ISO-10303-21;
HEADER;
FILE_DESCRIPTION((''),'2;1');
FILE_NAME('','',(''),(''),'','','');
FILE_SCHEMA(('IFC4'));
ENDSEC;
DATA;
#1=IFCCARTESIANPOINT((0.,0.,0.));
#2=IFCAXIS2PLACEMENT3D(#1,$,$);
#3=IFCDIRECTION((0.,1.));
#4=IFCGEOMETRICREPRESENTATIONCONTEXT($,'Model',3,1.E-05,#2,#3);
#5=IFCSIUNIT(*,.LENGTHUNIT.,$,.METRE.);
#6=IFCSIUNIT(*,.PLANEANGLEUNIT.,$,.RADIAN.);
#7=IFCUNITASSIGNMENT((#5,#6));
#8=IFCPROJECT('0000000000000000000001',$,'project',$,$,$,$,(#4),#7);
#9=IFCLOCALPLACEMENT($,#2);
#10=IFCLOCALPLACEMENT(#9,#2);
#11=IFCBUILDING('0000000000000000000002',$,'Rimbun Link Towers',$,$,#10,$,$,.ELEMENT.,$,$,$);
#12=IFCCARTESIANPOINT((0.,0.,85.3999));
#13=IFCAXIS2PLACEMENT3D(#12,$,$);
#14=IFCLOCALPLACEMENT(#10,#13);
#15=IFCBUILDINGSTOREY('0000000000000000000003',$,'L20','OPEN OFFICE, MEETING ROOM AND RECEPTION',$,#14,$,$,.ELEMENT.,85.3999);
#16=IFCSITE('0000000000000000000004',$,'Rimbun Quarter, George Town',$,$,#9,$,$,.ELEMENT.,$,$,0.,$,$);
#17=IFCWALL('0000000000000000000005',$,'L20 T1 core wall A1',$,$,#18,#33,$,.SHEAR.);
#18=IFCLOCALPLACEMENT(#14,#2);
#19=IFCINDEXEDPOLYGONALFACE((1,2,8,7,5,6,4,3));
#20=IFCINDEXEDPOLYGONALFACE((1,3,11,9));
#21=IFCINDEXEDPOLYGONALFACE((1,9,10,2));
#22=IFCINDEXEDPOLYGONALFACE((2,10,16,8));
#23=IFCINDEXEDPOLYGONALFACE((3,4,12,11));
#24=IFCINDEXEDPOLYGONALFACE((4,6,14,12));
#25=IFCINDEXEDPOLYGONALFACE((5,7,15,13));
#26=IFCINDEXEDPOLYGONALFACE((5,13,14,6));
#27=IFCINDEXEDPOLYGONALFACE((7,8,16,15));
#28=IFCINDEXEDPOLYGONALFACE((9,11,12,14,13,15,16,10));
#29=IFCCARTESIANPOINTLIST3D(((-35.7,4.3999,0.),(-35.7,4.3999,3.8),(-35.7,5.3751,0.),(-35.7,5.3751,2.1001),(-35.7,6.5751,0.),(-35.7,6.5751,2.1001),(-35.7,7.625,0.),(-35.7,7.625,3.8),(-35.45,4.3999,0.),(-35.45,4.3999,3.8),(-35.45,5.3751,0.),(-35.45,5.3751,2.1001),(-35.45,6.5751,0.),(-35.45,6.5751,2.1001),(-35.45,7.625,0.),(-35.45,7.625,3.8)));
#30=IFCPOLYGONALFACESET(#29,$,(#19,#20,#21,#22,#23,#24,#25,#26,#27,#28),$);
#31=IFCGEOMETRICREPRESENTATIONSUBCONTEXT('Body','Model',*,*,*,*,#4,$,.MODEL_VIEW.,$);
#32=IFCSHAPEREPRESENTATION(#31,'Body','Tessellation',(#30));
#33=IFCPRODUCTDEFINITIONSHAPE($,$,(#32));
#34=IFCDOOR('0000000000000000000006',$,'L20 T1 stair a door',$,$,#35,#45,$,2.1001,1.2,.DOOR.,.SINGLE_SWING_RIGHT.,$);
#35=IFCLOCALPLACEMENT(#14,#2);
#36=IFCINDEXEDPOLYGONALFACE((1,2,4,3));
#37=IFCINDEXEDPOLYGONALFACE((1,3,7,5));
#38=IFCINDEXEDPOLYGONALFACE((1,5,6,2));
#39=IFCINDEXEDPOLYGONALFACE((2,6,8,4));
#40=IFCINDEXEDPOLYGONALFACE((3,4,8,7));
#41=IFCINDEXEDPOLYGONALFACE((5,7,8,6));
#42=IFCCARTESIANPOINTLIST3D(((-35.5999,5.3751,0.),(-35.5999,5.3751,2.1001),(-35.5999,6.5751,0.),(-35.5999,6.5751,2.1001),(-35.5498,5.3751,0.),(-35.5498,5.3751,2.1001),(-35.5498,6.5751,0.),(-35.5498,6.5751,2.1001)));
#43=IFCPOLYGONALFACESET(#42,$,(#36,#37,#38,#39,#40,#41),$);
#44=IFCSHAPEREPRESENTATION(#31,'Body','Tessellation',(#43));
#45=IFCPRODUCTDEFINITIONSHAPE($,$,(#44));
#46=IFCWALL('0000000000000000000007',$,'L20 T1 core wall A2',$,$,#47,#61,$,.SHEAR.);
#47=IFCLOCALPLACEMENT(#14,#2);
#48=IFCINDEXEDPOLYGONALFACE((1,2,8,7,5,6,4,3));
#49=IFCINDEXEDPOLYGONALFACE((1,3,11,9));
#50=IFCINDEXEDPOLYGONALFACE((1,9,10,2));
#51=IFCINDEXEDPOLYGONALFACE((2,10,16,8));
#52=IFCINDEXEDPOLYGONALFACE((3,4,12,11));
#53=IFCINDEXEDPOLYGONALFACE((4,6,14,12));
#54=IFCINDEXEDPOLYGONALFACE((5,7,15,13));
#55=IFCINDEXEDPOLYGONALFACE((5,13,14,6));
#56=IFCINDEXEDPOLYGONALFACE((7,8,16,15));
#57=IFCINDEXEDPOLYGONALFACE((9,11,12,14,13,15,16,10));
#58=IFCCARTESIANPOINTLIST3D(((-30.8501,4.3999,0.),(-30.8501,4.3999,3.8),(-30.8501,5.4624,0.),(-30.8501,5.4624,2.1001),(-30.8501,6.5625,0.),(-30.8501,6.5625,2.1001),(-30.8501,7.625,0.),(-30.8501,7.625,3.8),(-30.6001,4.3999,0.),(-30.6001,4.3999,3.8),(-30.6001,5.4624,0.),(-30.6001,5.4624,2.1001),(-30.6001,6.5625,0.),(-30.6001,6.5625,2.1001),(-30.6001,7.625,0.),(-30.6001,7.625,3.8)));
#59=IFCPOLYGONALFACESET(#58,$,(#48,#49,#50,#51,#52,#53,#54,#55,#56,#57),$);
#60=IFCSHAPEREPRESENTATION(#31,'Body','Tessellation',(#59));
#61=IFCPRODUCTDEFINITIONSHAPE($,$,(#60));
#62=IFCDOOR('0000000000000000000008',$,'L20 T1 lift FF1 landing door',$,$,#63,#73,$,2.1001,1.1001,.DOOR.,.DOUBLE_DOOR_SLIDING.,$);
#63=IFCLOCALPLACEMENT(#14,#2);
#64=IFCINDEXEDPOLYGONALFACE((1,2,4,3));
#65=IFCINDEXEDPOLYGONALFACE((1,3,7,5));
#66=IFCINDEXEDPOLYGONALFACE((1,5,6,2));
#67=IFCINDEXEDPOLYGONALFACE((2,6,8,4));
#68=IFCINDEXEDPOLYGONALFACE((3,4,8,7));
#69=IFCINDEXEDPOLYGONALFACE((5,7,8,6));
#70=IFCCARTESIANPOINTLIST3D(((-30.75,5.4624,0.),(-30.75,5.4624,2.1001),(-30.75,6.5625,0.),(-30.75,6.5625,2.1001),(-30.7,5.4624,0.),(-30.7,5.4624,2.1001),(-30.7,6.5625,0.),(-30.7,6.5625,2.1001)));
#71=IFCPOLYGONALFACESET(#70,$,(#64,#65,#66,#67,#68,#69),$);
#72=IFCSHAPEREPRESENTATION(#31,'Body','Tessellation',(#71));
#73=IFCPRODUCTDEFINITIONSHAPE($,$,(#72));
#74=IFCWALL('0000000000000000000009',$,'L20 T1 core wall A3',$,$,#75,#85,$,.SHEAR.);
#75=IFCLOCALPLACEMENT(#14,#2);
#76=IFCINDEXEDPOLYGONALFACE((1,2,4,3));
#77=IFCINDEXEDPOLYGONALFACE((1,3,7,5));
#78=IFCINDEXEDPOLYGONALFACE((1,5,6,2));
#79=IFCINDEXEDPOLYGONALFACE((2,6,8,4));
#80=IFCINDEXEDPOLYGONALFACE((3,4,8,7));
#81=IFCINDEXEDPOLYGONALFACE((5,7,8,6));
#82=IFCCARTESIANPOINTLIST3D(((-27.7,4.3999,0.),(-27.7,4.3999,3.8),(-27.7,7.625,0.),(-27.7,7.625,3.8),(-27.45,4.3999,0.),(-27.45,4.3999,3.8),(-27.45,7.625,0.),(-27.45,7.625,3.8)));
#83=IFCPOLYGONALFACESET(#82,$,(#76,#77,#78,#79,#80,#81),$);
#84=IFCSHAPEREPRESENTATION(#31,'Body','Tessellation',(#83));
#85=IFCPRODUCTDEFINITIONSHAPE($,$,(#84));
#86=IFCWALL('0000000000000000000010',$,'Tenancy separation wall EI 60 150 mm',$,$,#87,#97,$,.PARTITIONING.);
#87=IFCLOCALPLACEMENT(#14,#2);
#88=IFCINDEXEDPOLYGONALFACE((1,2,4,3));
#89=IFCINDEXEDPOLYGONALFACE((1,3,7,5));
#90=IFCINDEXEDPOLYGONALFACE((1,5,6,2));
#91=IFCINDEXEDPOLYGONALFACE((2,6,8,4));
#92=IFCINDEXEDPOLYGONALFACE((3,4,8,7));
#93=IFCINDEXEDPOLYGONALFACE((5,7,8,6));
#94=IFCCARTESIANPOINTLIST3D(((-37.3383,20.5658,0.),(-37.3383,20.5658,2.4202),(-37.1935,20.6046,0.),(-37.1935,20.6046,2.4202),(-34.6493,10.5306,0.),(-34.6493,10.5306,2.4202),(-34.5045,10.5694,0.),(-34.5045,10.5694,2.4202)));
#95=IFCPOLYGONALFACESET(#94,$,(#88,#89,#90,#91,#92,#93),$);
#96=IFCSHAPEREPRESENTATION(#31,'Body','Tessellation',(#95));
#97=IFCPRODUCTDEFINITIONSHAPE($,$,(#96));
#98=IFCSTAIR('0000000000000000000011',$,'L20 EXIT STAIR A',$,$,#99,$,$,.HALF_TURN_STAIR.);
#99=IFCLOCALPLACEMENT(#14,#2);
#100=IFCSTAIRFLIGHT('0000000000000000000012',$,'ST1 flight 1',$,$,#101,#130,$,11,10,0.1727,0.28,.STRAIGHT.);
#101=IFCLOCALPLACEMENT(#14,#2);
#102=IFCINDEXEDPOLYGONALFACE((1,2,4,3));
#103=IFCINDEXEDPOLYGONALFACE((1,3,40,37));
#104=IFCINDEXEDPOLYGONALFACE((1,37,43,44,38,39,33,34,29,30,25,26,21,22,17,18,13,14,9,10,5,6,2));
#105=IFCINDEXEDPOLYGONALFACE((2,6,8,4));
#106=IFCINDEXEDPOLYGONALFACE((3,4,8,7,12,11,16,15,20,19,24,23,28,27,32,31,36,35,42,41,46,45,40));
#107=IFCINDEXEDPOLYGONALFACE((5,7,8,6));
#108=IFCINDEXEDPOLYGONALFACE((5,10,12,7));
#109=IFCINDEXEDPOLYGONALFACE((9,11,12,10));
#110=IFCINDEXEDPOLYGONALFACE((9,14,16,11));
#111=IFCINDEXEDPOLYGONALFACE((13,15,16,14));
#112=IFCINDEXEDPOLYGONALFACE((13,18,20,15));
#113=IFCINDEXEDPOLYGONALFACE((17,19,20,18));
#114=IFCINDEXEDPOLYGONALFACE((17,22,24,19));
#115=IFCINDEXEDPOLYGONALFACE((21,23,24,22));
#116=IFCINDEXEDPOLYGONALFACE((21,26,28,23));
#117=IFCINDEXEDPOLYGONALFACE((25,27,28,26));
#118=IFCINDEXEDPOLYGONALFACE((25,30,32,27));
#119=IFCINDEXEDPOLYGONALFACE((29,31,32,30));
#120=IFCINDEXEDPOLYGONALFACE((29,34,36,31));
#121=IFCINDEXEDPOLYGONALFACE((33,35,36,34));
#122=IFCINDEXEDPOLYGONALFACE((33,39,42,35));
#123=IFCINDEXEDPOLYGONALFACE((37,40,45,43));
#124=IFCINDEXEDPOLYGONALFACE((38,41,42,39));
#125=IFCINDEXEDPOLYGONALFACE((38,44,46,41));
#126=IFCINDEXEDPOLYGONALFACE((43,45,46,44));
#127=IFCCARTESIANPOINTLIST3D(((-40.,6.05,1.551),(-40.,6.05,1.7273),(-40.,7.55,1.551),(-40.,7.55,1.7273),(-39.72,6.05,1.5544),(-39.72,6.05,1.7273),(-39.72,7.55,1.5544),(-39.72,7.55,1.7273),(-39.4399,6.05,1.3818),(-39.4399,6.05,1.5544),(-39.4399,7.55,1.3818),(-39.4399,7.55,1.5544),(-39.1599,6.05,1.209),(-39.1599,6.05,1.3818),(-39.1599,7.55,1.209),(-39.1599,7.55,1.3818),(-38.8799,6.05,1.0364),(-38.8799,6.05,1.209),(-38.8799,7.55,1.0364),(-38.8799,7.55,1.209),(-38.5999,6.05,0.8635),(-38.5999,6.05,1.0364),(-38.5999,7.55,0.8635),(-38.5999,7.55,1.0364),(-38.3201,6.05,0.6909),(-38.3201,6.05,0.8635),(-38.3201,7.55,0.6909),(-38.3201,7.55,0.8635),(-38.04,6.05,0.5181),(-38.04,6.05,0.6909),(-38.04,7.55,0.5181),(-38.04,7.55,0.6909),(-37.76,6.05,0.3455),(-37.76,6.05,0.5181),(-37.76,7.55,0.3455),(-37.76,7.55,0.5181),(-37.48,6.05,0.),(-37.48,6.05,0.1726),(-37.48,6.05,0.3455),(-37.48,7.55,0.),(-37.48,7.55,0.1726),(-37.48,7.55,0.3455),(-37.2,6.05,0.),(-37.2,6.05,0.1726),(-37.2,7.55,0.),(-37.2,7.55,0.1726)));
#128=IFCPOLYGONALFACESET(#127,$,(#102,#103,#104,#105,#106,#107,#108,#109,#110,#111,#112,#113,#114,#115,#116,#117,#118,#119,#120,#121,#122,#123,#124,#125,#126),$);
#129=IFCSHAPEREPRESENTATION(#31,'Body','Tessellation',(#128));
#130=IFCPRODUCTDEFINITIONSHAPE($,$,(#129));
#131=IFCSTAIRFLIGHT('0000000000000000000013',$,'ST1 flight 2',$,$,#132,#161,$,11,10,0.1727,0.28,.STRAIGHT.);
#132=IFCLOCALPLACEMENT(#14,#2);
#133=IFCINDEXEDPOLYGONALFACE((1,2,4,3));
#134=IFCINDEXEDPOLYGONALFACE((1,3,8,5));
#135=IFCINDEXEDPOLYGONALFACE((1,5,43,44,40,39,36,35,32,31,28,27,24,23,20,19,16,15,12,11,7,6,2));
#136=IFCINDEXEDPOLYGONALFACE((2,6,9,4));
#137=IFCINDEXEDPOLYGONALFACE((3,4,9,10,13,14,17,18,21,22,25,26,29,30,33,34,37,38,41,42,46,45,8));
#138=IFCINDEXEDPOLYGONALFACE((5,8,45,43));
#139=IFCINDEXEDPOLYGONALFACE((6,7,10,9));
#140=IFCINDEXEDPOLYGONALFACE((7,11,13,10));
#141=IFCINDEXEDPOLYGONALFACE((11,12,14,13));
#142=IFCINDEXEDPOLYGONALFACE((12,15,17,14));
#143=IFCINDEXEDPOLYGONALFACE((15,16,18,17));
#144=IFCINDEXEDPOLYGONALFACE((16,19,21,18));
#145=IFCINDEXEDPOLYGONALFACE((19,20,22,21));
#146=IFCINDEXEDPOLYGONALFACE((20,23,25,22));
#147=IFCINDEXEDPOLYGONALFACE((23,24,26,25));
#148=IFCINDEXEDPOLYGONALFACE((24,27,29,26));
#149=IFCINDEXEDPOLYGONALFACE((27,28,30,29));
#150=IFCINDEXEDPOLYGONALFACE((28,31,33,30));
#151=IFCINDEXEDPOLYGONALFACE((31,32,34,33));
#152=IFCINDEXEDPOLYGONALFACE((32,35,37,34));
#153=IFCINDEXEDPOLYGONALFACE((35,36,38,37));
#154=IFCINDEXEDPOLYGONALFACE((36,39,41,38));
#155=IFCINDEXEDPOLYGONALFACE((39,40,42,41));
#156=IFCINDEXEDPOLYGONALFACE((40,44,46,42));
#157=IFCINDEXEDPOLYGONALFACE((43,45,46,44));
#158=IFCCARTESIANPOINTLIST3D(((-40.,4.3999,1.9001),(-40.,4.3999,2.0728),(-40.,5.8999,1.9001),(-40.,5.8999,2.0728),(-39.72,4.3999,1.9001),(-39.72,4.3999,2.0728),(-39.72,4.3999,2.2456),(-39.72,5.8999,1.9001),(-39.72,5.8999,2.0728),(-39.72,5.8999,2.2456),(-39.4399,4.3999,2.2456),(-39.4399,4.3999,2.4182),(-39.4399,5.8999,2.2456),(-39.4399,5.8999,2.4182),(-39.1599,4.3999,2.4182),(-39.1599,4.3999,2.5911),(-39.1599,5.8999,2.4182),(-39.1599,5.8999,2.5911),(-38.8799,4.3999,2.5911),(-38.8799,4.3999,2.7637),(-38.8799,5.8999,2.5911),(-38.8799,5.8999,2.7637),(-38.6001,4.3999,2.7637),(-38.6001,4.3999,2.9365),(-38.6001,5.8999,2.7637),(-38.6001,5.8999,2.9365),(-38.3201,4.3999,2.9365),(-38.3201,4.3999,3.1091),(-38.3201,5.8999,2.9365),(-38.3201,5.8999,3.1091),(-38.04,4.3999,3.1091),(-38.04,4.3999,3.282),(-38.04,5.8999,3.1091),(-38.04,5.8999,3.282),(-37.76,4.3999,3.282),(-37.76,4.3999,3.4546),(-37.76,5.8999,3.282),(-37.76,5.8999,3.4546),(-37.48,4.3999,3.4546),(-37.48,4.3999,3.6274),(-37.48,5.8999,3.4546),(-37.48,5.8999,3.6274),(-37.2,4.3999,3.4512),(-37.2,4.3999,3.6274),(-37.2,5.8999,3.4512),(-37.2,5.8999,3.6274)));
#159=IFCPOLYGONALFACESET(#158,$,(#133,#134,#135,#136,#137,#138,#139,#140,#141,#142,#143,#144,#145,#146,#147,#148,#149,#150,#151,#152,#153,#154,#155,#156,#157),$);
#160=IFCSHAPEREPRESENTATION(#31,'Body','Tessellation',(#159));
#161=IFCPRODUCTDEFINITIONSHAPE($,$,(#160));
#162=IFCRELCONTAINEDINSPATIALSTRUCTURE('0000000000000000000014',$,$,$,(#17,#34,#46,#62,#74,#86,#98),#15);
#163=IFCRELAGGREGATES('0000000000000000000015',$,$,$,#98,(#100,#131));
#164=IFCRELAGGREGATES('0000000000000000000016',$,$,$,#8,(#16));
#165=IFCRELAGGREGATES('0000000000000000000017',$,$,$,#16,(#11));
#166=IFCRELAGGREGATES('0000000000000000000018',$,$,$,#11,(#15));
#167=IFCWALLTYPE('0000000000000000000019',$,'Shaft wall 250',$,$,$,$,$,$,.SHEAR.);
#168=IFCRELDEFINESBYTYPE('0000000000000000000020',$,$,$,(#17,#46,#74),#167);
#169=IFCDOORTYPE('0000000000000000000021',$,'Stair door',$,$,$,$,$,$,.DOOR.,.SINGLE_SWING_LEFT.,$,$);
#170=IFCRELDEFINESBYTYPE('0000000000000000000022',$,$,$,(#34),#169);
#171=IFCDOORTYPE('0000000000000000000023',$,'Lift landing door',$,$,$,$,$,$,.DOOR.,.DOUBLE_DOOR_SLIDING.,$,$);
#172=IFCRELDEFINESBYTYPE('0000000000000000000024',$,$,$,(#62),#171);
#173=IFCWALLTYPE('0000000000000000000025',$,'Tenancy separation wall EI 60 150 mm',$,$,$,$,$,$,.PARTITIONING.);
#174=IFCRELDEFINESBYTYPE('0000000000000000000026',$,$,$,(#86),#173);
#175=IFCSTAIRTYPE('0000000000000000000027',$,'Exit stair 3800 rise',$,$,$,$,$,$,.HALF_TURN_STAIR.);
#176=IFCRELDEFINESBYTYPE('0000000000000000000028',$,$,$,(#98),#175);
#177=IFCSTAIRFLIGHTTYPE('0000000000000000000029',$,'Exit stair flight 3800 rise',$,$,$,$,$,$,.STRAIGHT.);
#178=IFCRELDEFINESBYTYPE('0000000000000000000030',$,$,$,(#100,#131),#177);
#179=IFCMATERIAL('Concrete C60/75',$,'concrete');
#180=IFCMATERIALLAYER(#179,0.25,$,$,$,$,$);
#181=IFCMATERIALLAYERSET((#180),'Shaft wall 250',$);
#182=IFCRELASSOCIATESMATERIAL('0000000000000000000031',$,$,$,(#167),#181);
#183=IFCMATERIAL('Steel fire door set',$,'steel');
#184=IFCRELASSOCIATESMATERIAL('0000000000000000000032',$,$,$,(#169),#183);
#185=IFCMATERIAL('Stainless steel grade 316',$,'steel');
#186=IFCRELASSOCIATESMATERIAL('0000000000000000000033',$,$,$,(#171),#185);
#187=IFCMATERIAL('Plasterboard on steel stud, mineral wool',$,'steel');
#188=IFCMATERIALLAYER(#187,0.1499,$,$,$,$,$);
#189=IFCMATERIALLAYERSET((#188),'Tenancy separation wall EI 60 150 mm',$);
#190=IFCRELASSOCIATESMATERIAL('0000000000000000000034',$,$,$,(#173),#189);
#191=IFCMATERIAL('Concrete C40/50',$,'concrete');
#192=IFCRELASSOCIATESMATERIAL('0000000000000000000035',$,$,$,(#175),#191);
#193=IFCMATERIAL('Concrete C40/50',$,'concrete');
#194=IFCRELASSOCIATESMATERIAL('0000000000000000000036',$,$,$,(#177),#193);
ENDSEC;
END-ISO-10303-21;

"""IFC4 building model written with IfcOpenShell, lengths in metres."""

from ifc_helpers import new_model, si_unit, direction, frame, frame_2d, origin, place, context, subcontext, project, spatial, polyline, rectangle, outline, extrude, material, layer, layer_set, type_object, element, fill, aggregate, save


model = new_model("IFC4")

# Units and contexts
model_context = context("Model", 3, precision=1e-05, world=origin(), true_north=direction((0.0, 1.0)))
body_context = subcontext(model_context, "Body", "Model", "MODEL_VIEW")
ifc_project = project(units=[si_unit("LENGTHUNIT", "METRE"), si_unit("PLANEANGLEUNIT", "RADIAN")], contexts=[model_context])

# Site, building, storey
site_placement = place(None, origin())
site = spatial("IfcSite", under=ifc_project, at=site_placement, Name="Rimbun Quarter, George Town", CompositionType="ELEMENT", RefElevation=0.0)
building_placement = place(site_placement, origin())
building = spatial("IfcBuilding", under=site, at=building_placement, Name="Rimbun Link Towers", CompositionType="ELEMENT")
storey_placement = place(building_placement, frame((0.0, 0.0, 85.3999)))
storey = spatial("IfcBuildingStorey", under=building, at=storey_placement, Name="L20", Description="OPEN OFFICE, MEETING ROOM AND RECEPTION", CompositionType="ELEMENT", Elevation=85.3999)

# Walls, openings, doors
ifc_material_1 = material(Name="Concrete C60/75", Category="concrete")
ifc_layer_1 = layer(ifc_material_1, 0.25)
ifc_layer_set_1 = layer_set([ifc_layer_1], Name="Shaft wall 250")
wall_type_1 = type_object("IfcWallType", Name="Shaft wall 250", PredefinedType="SHEAR", material=ifc_layer_set_1)
wall_1_placement = place(storey_placement, frame((-35.575, 4.3999, 0.0), z_axis=(0.0, 0.0, 1.0), x_axis=(0.0, 1.0, 0.0)))
wall_1 = element("IfcWall", 1, at=wall_1_placement, inside=storey, type_object=wall_type_1, Name="L20 T1 core wall A1", PredefinedType="SHEAR", context=body_context, shape_type="SweptSolid", body=[
    extrude(rectangle(XDim=3.2251, YDim=0.25, at=frame_2d((1.6125, 0.0))), origin(), (0.0, 0.0, 1.0), 3.8),
])
opening_1_placement = place(wall_1_placement, frame((0.9751, 0.0, 0.0)))
opening_1 = element("IfcOpeningElement", 2, at=opening_1_placement, cuts=wall_1, PredefinedType="OPENING", context=body_context, shape_type="SweptSolid", body=[
    extrude(rectangle(XDim=1.2, YDim=2.1001, at=frame_2d((0.6001, 1.05))), frame((0.0, 0.135, 0.0), z_axis=(0.0, -1.0, 0.0), x_axis=(1.0, 0.0, 0.0)), (0.0, 0.0, 1.0), 0.27),
])
ifc_material_2 = material(Name="Steel fire door set", Category="steel")
door_type_1 = type_object("IfcDoorType", Name="Stair door", OperationType="SINGLE_SWING_LEFT", PredefinedType="DOOR", material=ifc_material_2)
door_1_placement = place(opening_1_placement, origin())
door_1 = element("IfcDoor", 3, at=door_1_placement, inside=storey, type_object=door_type_1, Name="L20 T1 stair a door", OperationType="SINGLE_SWING_RIGHT", OverallHeight=2.1001, OverallWidth=1.2, PredefinedType="DOOR", context=body_context, shape_type="SweptSolid", body=[
    extrude(rectangle(XDim=1.2, YDim=2.1001, at=frame_2d((0.6001, 1.05))), frame((0.0, 0.0249, 0.0), z_axis=(0.0, -1.0, 0.0), x_axis=(1.0, 0.0, 0.0)), (0.0, 0.0, 1.0), 0.05),
])
fill(opening_1, door_1)
wall_2_placement = place(storey_placement, frame((-30.7251, 4.3999, 0.0), z_axis=(0.0, 0.0, 1.0), x_axis=(0.0, 1.0, 0.0)))
wall_2 = element("IfcWall", 4, at=wall_2_placement, inside=storey, type_object=wall_type_1, Name="L20 T1 core wall A2", PredefinedType="SHEAR", context=body_context, shape_type="SweptSolid", body=[
    extrude(rectangle(XDim=3.2251, YDim=0.25, at=frame_2d((1.6125, 0.0))), origin(), (0.0, 0.0, 1.0), 3.8),
])
opening_2_placement = place(wall_2_placement, frame((1.0625, 0.0, 0.0)))
opening_2 = element("IfcOpeningElement", 5, at=opening_2_placement, cuts=wall_2, PredefinedType="OPENING", context=body_context, shape_type="SweptSolid", body=[
    extrude(rectangle(XDim=1.1001, YDim=2.1001, at=frame_2d((0.55, 1.05))), frame((0.0, 0.135, 0.0), z_axis=(0.0, -1.0, 0.0), x_axis=(1.0, 0.0, 0.0)), (0.0, 0.0, 1.0), 0.27),
])
ifc_material_3 = material(Name="Stainless steel grade 316", Category="steel")
door_type_2 = type_object("IfcDoorType", Name="Lift landing door", OperationType="DOUBLE_DOOR_SLIDING", PredefinedType="DOOR", material=ifc_material_3)
door_2_placement = place(opening_2_placement, origin())
door_2 = element("IfcDoor", 6, at=door_2_placement, inside=storey, type_object=door_type_2, Name="L20 T1 lift FF1 landing door", OperationType="DOUBLE_DOOR_SLIDING", OverallHeight=2.1001, OverallWidth=1.1001, PredefinedType="DOOR", context=body_context, shape_type="SweptSolid", body=[
    extrude(rectangle(XDim=1.1001, YDim=2.1001, at=frame_2d((0.55, 1.05))), frame((0.0, 0.0249, 0.0), z_axis=(0.0, -1.0, 0.0), x_axis=(1.0, 0.0, 0.0)), (0.0, 0.0, 1.0), 0.05),
])
fill(opening_2, door_2)

# Walls
wall_3_placement = place(storey_placement, frame((-27.575, 4.3999, 0.0), z_axis=(0.0, 0.0, 1.0), x_axis=(0.0, 1.0, 0.0)))
element("IfcWall", 7, at=wall_3_placement, inside=storey, type_object=wall_type_1, Name="L20 T1 core wall A3", PredefinedType="SHEAR", context=body_context, shape_type="SweptSolid", body=[
    extrude(rectangle(XDim=3.2251, YDim=0.25, at=frame_2d((1.6125, 0.0))), origin(), (0.0, 0.0, 1.0), 3.8),
])
ifc_material_4 = material(Name="Plasterboard on steel stud, mineral wool", Category="steel")
ifc_layer_2 = layer(ifc_material_4, 0.1499)
ifc_layer_set_2 = layer_set([ifc_layer_2], Name="Tenancy separation wall EI 60 150 mm")
wall_type_2 = type_object("IfcWallType", Name="Tenancy separation wall EI 60 150 mm", PredefinedType="PARTITIONING", material=ifc_layer_set_2)
wall_4_placement = place(storey_placement, frame((-34.5769, 10.55, 0.0), z_axis=(0.0, 0.0, 1.0), x_axis=(-0.258824, 0.965925, 0.0)))
element("IfcWall", 8, at=wall_4_placement, inside=storey, type_object=wall_type_2, Name="Tenancy separation wall EI 60 150 mm", PredefinedType="PARTITIONING", context=body_context, shape_type="SweptSolid", body=[
    extrude(rectangle(XDim=10.3892, YDim=0.1499, at=frame_2d((5.1946, 0.0))), origin(), (0.0, 0.0, 1.0), 2.4202),
])

# Stair, stair flights
ifc_material_5 = material(Name="Concrete C40/50", Category="concrete")
stair_type = type_object("IfcStairType", Name="Exit stair 3800 rise", PredefinedType="HALF_TURN_STAIR", material=ifc_material_5)
stair_placement = place(storey_placement, origin())
stair = element("IfcStair", 9, at=stair_placement, inside=storey, type_object=stair_type, Name="L20 EXIT STAIR A", PredefinedType="HALF_TURN_STAIR")
ifc_material_6 = material(Name="Concrete C40/50", Category="concrete")
stair_flight_type = type_object("IfcStairFlightType", Name="Exit stair flight 3800 rise", PredefinedType="STRAIGHT", material=ifc_material_6)
stair_flight_1_placement = place(storey_placement, frame((-37.2, 6.8, 0.0), z_axis=(0.0, 0.0, 1.0), x_axis=(-1.0, 0.0, 0.0)))
stair_flight_1 = element("IfcStairFlight", 10, at=stair_flight_1_placement, type_object=stair_flight_type, Name="ST1 flight 1", NumberOfRisers=11, NumberOfTreads=10, PredefinedType="STRAIGHT", RiserHeight=0.1727, TreadLength=0.28, context=body_context, shape_type="SweptSolid", body=[
    extrude(outline(polyline([(0.0, 0.0), (0.0, 0.1726), (0.28, 0.1726), (0.28, 0.3455), (0.5601, 0.3455), (0.5601, 0.5181), (0.8401, 0.5181), (0.8401, 0.6909), (1.1201, 0.6909), (1.1201, 0.8635), (1.3999, 0.8635), (1.3999, 1.0364), (1.6799, 1.0364), (1.6799, 1.209), (1.96, 1.209), (1.96, 1.3818), (2.24, 1.3818), (2.24, 1.5544), (2.52, 1.5544), (2.52, 1.7273), (2.8, 1.7273), (2.8, 1.8999), (2.8, 1.551), (0.28, 0.0), (0.0, 0.0)])), frame((0.0, 0.75, 0.0), z_axis=(0.0, -1.0, 0.0), x_axis=(1.0, 0.0, 0.0)), (0.0, 0.0, 1.0), 1.5),
])
stair_flight_2_placement = place(storey_placement, frame((-40.0, 5.1499, 1.9001), z_axis=(0.0, 0.0, 1.0), x_axis=(1.0, 0.0, 0.0)))
stair_flight_2 = element("IfcStairFlight", 11, at=stair_flight_2_placement, type_object=stair_flight_type, Name="ST1 flight 2", NumberOfRisers=11, NumberOfTreads=10, PredefinedType="STRAIGHT", RiserHeight=0.1727, TreadLength=0.28, context=body_context, shape_type="SweptSolid", body=[
    extrude(outline(polyline([(0.0, 0.0), (0.0, 0.1726), (0.28, 0.1726), (0.28, 0.3455), (0.5601, 0.3455), (0.5601, 0.5181), (0.8401, 0.5181), (0.8401, 0.6909), (1.1201, 0.6909), (1.1201, 0.8635), (1.3999, 0.8635), (1.3999, 1.0364), (1.6799, 1.0364), (1.6799, 1.209), (1.96, 1.209), (1.96, 1.3818), (2.24, 1.3818), (2.24, 1.5544), (2.52, 1.5544), (2.52, 1.7273), (2.8, 1.7273), (2.8, 1.8999), (2.8, 1.551), (0.28, 0.0), (0.0, 0.0)])), frame((0.0, 0.75, 0.0), z_axis=(0.0, -1.0, 0.0), x_axis=(1.0, 0.0, 0.0)), (0.0, 0.0, 1.0), 1.5),
])
aggregate(stair, [stair_flight_1, stair_flight_2])

save(model, "model.ifc")
